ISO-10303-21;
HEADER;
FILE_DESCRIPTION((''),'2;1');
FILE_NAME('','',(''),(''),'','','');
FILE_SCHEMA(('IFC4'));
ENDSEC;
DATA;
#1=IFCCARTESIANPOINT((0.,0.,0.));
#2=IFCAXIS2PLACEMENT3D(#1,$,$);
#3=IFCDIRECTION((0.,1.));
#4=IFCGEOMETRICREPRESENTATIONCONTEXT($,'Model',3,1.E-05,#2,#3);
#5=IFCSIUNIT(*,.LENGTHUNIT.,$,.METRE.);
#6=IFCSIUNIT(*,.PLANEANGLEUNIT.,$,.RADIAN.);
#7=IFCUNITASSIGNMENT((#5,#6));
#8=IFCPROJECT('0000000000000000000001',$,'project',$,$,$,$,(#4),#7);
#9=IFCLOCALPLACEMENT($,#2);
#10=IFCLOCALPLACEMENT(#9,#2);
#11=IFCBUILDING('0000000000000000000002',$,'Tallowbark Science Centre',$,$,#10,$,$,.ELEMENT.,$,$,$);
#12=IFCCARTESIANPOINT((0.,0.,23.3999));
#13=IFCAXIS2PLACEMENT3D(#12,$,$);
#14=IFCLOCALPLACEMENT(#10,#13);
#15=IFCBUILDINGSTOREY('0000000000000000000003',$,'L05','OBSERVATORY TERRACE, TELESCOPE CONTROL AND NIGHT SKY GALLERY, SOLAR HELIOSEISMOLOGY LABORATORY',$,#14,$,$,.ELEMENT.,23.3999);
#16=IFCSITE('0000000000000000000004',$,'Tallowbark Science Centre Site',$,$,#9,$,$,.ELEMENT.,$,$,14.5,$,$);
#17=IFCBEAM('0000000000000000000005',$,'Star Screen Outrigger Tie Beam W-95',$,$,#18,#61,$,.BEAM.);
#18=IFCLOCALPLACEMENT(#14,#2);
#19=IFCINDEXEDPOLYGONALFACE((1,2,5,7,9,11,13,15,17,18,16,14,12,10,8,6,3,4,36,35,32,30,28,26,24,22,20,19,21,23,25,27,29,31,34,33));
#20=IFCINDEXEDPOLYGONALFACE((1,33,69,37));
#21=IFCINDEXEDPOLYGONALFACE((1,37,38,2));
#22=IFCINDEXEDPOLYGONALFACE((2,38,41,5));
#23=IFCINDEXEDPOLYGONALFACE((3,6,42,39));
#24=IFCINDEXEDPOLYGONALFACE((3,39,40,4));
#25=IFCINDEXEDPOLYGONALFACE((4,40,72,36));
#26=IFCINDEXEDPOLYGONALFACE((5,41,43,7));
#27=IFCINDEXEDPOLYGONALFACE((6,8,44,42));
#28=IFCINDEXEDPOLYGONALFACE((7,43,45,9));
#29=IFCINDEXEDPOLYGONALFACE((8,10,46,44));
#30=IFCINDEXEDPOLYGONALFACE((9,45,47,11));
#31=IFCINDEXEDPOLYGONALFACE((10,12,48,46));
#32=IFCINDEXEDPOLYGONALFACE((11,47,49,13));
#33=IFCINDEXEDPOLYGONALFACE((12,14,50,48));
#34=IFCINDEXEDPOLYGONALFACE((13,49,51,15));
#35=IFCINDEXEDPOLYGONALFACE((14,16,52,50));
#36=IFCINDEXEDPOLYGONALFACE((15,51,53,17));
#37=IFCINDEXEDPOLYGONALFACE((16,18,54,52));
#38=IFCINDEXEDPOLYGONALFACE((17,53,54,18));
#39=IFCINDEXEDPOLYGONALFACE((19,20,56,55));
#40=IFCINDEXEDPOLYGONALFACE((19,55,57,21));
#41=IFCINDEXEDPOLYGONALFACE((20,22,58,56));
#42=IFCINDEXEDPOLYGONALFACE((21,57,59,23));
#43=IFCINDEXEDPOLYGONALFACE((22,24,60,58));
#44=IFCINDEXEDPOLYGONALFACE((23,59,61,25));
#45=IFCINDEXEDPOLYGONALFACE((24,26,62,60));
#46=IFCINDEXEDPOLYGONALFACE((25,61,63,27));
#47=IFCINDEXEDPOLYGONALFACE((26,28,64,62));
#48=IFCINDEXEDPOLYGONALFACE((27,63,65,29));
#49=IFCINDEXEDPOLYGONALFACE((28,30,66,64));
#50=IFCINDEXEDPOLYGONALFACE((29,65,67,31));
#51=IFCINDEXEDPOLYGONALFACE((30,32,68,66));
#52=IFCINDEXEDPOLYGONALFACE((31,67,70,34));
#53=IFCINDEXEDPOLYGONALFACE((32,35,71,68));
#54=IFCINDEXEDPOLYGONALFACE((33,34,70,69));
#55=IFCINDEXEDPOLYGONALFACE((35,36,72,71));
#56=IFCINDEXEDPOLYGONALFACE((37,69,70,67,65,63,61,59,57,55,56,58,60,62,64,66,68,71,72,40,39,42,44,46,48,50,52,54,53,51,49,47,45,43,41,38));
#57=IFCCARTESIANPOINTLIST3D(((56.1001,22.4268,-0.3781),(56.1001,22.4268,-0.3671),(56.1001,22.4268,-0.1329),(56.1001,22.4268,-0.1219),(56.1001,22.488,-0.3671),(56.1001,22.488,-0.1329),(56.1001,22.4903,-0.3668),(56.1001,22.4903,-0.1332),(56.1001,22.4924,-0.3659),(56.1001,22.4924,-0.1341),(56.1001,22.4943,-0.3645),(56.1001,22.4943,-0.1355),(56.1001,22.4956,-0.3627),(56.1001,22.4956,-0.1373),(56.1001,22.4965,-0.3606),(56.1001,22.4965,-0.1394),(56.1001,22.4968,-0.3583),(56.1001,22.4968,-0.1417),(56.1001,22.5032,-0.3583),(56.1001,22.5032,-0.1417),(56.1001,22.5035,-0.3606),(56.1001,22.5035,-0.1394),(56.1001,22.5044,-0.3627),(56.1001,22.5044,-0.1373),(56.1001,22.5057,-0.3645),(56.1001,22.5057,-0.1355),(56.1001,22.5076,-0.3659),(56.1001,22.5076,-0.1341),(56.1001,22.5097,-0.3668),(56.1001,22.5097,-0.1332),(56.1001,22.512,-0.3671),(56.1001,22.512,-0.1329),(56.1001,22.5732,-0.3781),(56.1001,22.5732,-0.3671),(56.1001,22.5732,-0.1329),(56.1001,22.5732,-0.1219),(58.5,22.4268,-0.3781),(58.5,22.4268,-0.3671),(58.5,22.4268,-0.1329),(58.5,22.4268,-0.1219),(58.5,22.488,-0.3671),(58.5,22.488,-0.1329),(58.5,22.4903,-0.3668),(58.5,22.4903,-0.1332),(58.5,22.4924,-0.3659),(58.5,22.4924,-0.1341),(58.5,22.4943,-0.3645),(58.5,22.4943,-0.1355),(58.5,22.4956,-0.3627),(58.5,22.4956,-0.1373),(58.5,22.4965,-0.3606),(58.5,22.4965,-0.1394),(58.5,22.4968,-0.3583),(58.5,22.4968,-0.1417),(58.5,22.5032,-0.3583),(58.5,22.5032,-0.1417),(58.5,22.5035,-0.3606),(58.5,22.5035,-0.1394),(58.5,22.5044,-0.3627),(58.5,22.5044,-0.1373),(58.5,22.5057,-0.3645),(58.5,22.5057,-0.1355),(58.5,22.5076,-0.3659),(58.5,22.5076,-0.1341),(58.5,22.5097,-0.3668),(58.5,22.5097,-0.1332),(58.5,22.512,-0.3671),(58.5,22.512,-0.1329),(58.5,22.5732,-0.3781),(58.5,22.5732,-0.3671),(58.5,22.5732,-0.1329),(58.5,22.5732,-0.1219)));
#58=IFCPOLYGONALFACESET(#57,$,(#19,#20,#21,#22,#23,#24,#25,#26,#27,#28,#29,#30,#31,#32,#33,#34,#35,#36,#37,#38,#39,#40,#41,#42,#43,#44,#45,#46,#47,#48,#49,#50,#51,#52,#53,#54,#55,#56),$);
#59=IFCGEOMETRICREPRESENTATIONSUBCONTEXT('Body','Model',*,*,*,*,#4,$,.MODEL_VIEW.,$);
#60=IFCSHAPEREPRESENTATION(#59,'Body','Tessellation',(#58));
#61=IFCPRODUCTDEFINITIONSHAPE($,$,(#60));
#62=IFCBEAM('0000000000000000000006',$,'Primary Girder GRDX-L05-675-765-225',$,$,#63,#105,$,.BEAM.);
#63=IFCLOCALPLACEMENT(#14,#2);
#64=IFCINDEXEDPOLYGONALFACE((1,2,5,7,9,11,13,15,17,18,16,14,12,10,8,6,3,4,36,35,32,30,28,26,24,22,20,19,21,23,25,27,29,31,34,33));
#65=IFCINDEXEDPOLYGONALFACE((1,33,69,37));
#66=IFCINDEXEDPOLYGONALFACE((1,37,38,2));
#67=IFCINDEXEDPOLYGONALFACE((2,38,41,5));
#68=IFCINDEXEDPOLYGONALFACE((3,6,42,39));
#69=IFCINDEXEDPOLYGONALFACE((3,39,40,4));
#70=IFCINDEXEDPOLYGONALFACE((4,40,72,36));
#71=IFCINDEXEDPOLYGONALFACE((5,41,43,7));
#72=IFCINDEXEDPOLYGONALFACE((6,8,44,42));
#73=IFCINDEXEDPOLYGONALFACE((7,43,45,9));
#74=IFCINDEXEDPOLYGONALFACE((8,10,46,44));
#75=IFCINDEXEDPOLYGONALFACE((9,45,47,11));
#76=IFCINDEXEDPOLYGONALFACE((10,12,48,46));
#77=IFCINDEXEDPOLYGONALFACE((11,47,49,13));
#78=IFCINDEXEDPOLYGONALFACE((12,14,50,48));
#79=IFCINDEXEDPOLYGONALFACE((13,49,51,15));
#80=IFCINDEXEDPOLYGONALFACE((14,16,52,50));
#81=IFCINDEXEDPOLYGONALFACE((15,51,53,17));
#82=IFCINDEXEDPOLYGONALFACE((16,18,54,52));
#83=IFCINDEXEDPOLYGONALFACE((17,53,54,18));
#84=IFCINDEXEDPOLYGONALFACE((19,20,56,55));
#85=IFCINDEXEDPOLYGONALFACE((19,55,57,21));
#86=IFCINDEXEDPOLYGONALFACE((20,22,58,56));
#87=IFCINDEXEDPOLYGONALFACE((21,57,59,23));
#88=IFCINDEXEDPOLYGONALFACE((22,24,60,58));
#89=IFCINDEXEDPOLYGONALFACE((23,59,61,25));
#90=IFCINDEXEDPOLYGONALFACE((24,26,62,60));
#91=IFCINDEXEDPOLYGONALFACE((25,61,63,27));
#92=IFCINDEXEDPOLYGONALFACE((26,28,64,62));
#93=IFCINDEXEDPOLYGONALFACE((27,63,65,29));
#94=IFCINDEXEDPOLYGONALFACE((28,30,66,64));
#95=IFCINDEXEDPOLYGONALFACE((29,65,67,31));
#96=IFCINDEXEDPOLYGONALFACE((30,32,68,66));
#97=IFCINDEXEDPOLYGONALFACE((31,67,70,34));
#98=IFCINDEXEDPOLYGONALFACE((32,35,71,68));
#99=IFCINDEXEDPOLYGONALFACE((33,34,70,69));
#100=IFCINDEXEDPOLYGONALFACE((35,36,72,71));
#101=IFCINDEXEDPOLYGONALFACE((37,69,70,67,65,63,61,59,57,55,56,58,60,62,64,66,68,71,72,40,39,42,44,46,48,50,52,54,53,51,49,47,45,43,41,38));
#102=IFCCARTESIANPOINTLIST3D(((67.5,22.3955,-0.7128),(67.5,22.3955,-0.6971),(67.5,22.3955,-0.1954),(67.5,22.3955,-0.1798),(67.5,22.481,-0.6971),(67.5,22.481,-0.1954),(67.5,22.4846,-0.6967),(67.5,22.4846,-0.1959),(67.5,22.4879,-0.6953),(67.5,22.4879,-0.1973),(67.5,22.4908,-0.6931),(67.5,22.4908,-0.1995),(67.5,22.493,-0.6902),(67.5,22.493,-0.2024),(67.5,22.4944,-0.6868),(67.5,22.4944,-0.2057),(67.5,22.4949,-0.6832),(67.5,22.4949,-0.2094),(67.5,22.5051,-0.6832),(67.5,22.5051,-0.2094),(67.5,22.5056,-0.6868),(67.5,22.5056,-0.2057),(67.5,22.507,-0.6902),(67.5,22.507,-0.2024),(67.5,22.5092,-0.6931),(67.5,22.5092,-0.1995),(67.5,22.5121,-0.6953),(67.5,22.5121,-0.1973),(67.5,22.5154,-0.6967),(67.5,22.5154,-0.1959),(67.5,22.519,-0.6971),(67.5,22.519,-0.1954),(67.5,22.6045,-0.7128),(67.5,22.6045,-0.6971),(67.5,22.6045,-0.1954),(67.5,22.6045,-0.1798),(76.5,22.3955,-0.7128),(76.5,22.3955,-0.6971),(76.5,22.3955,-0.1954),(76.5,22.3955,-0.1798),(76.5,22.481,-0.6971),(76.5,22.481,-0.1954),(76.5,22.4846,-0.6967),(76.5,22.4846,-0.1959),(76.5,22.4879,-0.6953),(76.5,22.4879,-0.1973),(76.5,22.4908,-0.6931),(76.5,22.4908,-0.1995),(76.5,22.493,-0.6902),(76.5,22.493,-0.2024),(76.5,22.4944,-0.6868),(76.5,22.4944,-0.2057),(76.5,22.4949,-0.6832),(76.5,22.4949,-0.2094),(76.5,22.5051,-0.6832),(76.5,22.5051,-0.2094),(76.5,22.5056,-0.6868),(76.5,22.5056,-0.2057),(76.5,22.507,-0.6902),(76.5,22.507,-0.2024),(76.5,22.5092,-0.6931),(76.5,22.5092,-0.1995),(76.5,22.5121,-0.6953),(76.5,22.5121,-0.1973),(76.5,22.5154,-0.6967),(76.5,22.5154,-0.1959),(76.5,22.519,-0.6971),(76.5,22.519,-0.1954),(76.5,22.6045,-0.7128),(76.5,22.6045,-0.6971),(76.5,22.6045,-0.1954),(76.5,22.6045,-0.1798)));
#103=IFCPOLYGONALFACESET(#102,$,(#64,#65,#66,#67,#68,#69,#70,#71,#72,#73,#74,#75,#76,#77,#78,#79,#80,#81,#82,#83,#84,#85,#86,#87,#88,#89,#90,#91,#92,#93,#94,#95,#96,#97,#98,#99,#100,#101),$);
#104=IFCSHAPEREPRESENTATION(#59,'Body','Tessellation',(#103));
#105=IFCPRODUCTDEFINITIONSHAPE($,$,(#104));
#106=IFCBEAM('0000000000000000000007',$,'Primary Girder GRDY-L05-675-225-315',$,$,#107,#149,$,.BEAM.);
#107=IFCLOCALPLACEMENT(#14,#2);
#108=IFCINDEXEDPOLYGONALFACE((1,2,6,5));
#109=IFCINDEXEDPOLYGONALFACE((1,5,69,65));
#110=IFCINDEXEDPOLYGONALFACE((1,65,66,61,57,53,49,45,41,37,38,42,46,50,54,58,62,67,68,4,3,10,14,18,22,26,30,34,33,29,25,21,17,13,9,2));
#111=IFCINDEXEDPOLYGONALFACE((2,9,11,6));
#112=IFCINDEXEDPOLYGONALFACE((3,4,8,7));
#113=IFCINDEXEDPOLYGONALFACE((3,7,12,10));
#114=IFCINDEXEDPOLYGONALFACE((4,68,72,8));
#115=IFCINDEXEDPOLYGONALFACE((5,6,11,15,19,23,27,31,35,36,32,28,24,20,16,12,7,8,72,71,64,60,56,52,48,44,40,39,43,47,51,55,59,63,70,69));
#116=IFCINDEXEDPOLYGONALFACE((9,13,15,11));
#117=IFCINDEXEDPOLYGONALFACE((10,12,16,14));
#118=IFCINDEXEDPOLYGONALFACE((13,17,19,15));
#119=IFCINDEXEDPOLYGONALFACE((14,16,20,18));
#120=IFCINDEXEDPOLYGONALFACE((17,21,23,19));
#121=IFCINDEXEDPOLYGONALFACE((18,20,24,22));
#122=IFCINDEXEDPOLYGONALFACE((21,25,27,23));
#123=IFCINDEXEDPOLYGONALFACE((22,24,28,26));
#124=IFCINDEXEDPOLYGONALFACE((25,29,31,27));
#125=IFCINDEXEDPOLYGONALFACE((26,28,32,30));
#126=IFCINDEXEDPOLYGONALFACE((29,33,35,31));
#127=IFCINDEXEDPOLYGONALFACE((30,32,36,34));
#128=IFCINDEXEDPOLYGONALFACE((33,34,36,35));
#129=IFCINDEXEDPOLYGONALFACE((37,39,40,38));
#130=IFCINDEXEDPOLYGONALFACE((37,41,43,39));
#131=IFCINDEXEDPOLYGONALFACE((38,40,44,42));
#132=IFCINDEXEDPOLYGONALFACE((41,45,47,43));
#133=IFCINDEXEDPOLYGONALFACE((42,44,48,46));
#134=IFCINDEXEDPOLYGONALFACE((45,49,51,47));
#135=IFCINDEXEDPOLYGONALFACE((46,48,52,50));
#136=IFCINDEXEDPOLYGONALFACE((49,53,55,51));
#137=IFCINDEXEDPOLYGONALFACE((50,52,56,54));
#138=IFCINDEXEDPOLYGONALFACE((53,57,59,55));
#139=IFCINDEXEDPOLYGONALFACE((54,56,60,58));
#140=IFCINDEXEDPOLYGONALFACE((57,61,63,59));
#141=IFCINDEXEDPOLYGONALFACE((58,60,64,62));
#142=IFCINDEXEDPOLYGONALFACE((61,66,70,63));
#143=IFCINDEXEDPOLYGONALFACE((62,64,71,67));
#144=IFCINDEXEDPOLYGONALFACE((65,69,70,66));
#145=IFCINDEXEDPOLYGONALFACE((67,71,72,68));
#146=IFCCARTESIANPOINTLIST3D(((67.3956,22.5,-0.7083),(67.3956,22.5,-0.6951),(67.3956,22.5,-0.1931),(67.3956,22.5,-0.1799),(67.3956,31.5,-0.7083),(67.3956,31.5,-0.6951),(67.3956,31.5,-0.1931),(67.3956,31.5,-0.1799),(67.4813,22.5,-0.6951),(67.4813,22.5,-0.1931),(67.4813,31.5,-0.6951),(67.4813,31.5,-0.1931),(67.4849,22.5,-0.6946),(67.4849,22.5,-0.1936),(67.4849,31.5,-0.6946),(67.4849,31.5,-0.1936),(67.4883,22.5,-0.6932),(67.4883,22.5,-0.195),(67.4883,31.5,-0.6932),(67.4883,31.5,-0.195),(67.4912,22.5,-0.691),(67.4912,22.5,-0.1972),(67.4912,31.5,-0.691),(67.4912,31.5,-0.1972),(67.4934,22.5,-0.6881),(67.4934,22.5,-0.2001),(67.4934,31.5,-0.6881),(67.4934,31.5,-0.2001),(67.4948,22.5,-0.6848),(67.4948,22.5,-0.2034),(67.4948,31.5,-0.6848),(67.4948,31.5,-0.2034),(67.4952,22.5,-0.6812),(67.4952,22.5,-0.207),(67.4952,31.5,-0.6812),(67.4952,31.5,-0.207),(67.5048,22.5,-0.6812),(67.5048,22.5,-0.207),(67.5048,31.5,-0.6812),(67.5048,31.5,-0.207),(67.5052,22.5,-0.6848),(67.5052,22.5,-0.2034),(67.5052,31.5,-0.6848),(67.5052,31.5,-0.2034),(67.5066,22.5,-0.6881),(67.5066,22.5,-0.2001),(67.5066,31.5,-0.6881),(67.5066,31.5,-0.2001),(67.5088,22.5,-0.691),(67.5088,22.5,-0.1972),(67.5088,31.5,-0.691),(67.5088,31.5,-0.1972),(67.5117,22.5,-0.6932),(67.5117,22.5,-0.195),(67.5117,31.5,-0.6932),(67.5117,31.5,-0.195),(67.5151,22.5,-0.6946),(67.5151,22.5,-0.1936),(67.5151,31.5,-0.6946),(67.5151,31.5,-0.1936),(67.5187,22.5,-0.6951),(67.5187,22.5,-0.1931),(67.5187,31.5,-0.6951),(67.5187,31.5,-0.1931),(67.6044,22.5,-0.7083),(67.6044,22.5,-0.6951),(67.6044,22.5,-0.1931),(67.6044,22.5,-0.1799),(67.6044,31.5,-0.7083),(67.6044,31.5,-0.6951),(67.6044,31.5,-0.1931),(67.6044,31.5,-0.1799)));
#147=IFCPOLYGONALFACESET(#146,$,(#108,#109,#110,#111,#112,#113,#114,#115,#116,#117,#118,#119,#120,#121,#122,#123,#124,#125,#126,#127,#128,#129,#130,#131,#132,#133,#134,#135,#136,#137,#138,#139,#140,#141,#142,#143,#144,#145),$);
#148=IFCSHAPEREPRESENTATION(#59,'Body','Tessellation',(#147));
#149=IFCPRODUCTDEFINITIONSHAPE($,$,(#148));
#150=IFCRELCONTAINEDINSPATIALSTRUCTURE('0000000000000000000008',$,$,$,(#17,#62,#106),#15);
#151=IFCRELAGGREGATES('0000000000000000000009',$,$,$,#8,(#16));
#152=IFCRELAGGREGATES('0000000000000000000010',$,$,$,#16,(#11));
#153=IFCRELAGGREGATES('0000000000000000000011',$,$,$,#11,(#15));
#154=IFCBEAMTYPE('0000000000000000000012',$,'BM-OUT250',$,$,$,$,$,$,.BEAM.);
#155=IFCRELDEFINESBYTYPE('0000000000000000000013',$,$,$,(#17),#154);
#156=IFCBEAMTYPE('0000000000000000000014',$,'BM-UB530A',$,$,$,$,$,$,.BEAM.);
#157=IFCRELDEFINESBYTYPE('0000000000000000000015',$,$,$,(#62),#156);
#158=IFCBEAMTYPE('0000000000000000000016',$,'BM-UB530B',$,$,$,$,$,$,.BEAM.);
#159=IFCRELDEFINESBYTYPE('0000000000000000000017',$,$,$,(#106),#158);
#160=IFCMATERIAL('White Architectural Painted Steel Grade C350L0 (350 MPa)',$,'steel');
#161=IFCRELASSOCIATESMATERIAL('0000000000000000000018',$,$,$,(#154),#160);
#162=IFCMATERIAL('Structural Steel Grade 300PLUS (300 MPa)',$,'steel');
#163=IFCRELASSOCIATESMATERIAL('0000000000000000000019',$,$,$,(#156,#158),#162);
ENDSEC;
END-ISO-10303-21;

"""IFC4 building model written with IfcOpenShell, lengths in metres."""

from ifc_helpers import new_model, si_unit, direction, frame, origin, origin_2d, place, context, subcontext, project, spatial, i_section, extrude, material, material_profile, profile_set, type_object, element, save


model = new_model("IFC4")

# Units and contexts
model_context = context("Model", 3, precision=1e-05, world=origin(), true_north=direction((0.0, 1.0)))
body_context = subcontext(model_context, "Body", "Model", "MODEL_VIEW")
ifc_project = project(units=[si_unit("LENGTHUNIT", "METRE"), si_unit("PLANEANGLEUNIT", "RADIAN")], contexts=[model_context])

# Site, building, storey
site_placement = place(None, origin())
site = spatial("IfcSite", under=ifc_project, at=site_placement, Name="Tallowbark Science Centre Site", CompositionType="ELEMENT", RefElevation=14.5)
building_placement = place(site_placement, origin())
building = spatial("IfcBuilding", under=site, at=building_placement, Name="Tallowbark Science Centre", CompositionType="ELEMENT")
storey_placement = place(building_placement, frame((0.0, 0.0, 23.3999)))
storey = spatial("IfcBuildingStorey", under=building, at=storey_placement, Name="L05", Description="OBSERVATORY TERRACE, TELESCOPE CONTROL AND NIGHT SKY GALLERY, SOLAR HELIOSEISMOLOGY LABORATORY", CompositionType="ELEMENT", Elevation=23.3999)

# Shared definitions
ifc_material_1 = material(Name="White Architectural Painted Steel Grade C350L0 (350 MPa)", Category="steel")
ifc_material_2 = material(Name="Structural Steel Grade 300PLUS (300 MPa)", Category="steel")

# Beams
ifc_material_profile_1 = material_profile(ifc_material_1, i_section(OverallWidth=0.1465, OverallDepth=0.2561, WebThickness=0.0063, FlangeThickness=0.011, FilletRadius=0.0088, at=origin_2d()), Name="250UB37.3")
ifc_profile_set_1 = profile_set([ifc_material_profile_1], Name="White Architectural Painted Steel Grade C350L0 (350 MPa)")
beam_type_1 = type_object("IfcBeamType", Name="BM-OUT250", PredefinedType="BEAM", material=ifc_profile_set_1)
for number, where, z_axis, x_axis, name in (
    (1, (58.5, 22.5, -0.25), (-1.0, 0.0, 0.0), (0.0, -1.0, 0.0), "Star Screen Outrigger Tie Beam W-95"),
):
    element("IfcBeam", number, at=place(storey_placement, frame(where, z_axis=z_axis, x_axis=x_axis)), inside=storey, type_object=beam_type_1, Name=name, PredefinedType="BEAM", context=body_context, shape_type="SweptSolid", body=[
        extrude(i_section(OverallWidth=0.1465, OverallDepth=0.2561, WebThickness=0.0063, FlangeThickness=0.011, FilletRadius=0.0088, at=origin_2d()), origin(), (0.0, 0.0, 1.0), 2.3999),
    ])
ifc_material_profile_2 = material_profile(ifc_material_2, i_section(OverallWidth=0.209, OverallDepth=0.533, WebThickness=0.0103, FlangeThickness=0.0156, FilletRadius=0.0139, at=origin_2d()), Name="530UB92.4")
ifc_profile_set_2 = profile_set([ifc_material_profile_2], Name="Structural Steel Grade 300PLUS (300 MPa)")
beam_type_2 = type_object("IfcBeamType", Name="BM-UB530A", PredefinedType="BEAM", material=ifc_profile_set_2)
beam_1_placement = place(storey_placement, frame((67.5, 22.5, -0.4463), z_axis=(1.0, 0.0, 0.0), x_axis=(0.0, 1.0, 0.0)))
element("IfcBeam", 2, at=beam_1_placement, inside=storey, type_object=beam_type_2, Name="Primary Girder GRDX-L05-675-765-225", PredefinedType="BEAM", context=body_context, shape_type="SweptSolid", body=[
    extrude(i_section(OverallWidth=0.209, OverallDepth=0.533, WebThickness=0.0103, FlangeThickness=0.0156, FilletRadius=0.0139, at=origin_2d()), origin(), (0.0, 0.0, 1.0), 9.0),
])
ifc_material_profile_3 = material_profile(ifc_material_2, i_section(OverallWidth=0.2087, OverallDepth=0.5283, WebThickness=0.0095, FlangeThickness=0.0132, FilletRadius=0.0139, at=origin_2d()), Name="530UB82.0")
ifc_profile_set_3 = profile_set([ifc_material_profile_3], Name="Structural Steel Grade 300PLUS (300 MPa)")
beam_type_3 = type_object("IfcBeamType", Name="BM-UB530B", PredefinedType="BEAM", material=ifc_profile_set_3)
beam_2_placement = place(storey_placement, frame((67.5, 22.5, -0.4441), z_axis=(0.0, 1.0, 0.0), x_axis=(-1.0, 0.0, 0.0)))
element("IfcBeam", 3, at=beam_2_placement, inside=storey, type_object=beam_type_3, Name="Primary Girder GRDY-L05-675-225-315", PredefinedType="BEAM", context=body_context, shape_type="SweptSolid", body=[
    extrude(i_section(OverallWidth=0.2087, OverallDepth=0.5283, WebThickness=0.0095, FlangeThickness=0.0132, FilletRadius=0.0139, at=origin_2d()), origin(), (0.0, 0.0, 1.0), 9.0),
])

save(model, "model.ifc")
